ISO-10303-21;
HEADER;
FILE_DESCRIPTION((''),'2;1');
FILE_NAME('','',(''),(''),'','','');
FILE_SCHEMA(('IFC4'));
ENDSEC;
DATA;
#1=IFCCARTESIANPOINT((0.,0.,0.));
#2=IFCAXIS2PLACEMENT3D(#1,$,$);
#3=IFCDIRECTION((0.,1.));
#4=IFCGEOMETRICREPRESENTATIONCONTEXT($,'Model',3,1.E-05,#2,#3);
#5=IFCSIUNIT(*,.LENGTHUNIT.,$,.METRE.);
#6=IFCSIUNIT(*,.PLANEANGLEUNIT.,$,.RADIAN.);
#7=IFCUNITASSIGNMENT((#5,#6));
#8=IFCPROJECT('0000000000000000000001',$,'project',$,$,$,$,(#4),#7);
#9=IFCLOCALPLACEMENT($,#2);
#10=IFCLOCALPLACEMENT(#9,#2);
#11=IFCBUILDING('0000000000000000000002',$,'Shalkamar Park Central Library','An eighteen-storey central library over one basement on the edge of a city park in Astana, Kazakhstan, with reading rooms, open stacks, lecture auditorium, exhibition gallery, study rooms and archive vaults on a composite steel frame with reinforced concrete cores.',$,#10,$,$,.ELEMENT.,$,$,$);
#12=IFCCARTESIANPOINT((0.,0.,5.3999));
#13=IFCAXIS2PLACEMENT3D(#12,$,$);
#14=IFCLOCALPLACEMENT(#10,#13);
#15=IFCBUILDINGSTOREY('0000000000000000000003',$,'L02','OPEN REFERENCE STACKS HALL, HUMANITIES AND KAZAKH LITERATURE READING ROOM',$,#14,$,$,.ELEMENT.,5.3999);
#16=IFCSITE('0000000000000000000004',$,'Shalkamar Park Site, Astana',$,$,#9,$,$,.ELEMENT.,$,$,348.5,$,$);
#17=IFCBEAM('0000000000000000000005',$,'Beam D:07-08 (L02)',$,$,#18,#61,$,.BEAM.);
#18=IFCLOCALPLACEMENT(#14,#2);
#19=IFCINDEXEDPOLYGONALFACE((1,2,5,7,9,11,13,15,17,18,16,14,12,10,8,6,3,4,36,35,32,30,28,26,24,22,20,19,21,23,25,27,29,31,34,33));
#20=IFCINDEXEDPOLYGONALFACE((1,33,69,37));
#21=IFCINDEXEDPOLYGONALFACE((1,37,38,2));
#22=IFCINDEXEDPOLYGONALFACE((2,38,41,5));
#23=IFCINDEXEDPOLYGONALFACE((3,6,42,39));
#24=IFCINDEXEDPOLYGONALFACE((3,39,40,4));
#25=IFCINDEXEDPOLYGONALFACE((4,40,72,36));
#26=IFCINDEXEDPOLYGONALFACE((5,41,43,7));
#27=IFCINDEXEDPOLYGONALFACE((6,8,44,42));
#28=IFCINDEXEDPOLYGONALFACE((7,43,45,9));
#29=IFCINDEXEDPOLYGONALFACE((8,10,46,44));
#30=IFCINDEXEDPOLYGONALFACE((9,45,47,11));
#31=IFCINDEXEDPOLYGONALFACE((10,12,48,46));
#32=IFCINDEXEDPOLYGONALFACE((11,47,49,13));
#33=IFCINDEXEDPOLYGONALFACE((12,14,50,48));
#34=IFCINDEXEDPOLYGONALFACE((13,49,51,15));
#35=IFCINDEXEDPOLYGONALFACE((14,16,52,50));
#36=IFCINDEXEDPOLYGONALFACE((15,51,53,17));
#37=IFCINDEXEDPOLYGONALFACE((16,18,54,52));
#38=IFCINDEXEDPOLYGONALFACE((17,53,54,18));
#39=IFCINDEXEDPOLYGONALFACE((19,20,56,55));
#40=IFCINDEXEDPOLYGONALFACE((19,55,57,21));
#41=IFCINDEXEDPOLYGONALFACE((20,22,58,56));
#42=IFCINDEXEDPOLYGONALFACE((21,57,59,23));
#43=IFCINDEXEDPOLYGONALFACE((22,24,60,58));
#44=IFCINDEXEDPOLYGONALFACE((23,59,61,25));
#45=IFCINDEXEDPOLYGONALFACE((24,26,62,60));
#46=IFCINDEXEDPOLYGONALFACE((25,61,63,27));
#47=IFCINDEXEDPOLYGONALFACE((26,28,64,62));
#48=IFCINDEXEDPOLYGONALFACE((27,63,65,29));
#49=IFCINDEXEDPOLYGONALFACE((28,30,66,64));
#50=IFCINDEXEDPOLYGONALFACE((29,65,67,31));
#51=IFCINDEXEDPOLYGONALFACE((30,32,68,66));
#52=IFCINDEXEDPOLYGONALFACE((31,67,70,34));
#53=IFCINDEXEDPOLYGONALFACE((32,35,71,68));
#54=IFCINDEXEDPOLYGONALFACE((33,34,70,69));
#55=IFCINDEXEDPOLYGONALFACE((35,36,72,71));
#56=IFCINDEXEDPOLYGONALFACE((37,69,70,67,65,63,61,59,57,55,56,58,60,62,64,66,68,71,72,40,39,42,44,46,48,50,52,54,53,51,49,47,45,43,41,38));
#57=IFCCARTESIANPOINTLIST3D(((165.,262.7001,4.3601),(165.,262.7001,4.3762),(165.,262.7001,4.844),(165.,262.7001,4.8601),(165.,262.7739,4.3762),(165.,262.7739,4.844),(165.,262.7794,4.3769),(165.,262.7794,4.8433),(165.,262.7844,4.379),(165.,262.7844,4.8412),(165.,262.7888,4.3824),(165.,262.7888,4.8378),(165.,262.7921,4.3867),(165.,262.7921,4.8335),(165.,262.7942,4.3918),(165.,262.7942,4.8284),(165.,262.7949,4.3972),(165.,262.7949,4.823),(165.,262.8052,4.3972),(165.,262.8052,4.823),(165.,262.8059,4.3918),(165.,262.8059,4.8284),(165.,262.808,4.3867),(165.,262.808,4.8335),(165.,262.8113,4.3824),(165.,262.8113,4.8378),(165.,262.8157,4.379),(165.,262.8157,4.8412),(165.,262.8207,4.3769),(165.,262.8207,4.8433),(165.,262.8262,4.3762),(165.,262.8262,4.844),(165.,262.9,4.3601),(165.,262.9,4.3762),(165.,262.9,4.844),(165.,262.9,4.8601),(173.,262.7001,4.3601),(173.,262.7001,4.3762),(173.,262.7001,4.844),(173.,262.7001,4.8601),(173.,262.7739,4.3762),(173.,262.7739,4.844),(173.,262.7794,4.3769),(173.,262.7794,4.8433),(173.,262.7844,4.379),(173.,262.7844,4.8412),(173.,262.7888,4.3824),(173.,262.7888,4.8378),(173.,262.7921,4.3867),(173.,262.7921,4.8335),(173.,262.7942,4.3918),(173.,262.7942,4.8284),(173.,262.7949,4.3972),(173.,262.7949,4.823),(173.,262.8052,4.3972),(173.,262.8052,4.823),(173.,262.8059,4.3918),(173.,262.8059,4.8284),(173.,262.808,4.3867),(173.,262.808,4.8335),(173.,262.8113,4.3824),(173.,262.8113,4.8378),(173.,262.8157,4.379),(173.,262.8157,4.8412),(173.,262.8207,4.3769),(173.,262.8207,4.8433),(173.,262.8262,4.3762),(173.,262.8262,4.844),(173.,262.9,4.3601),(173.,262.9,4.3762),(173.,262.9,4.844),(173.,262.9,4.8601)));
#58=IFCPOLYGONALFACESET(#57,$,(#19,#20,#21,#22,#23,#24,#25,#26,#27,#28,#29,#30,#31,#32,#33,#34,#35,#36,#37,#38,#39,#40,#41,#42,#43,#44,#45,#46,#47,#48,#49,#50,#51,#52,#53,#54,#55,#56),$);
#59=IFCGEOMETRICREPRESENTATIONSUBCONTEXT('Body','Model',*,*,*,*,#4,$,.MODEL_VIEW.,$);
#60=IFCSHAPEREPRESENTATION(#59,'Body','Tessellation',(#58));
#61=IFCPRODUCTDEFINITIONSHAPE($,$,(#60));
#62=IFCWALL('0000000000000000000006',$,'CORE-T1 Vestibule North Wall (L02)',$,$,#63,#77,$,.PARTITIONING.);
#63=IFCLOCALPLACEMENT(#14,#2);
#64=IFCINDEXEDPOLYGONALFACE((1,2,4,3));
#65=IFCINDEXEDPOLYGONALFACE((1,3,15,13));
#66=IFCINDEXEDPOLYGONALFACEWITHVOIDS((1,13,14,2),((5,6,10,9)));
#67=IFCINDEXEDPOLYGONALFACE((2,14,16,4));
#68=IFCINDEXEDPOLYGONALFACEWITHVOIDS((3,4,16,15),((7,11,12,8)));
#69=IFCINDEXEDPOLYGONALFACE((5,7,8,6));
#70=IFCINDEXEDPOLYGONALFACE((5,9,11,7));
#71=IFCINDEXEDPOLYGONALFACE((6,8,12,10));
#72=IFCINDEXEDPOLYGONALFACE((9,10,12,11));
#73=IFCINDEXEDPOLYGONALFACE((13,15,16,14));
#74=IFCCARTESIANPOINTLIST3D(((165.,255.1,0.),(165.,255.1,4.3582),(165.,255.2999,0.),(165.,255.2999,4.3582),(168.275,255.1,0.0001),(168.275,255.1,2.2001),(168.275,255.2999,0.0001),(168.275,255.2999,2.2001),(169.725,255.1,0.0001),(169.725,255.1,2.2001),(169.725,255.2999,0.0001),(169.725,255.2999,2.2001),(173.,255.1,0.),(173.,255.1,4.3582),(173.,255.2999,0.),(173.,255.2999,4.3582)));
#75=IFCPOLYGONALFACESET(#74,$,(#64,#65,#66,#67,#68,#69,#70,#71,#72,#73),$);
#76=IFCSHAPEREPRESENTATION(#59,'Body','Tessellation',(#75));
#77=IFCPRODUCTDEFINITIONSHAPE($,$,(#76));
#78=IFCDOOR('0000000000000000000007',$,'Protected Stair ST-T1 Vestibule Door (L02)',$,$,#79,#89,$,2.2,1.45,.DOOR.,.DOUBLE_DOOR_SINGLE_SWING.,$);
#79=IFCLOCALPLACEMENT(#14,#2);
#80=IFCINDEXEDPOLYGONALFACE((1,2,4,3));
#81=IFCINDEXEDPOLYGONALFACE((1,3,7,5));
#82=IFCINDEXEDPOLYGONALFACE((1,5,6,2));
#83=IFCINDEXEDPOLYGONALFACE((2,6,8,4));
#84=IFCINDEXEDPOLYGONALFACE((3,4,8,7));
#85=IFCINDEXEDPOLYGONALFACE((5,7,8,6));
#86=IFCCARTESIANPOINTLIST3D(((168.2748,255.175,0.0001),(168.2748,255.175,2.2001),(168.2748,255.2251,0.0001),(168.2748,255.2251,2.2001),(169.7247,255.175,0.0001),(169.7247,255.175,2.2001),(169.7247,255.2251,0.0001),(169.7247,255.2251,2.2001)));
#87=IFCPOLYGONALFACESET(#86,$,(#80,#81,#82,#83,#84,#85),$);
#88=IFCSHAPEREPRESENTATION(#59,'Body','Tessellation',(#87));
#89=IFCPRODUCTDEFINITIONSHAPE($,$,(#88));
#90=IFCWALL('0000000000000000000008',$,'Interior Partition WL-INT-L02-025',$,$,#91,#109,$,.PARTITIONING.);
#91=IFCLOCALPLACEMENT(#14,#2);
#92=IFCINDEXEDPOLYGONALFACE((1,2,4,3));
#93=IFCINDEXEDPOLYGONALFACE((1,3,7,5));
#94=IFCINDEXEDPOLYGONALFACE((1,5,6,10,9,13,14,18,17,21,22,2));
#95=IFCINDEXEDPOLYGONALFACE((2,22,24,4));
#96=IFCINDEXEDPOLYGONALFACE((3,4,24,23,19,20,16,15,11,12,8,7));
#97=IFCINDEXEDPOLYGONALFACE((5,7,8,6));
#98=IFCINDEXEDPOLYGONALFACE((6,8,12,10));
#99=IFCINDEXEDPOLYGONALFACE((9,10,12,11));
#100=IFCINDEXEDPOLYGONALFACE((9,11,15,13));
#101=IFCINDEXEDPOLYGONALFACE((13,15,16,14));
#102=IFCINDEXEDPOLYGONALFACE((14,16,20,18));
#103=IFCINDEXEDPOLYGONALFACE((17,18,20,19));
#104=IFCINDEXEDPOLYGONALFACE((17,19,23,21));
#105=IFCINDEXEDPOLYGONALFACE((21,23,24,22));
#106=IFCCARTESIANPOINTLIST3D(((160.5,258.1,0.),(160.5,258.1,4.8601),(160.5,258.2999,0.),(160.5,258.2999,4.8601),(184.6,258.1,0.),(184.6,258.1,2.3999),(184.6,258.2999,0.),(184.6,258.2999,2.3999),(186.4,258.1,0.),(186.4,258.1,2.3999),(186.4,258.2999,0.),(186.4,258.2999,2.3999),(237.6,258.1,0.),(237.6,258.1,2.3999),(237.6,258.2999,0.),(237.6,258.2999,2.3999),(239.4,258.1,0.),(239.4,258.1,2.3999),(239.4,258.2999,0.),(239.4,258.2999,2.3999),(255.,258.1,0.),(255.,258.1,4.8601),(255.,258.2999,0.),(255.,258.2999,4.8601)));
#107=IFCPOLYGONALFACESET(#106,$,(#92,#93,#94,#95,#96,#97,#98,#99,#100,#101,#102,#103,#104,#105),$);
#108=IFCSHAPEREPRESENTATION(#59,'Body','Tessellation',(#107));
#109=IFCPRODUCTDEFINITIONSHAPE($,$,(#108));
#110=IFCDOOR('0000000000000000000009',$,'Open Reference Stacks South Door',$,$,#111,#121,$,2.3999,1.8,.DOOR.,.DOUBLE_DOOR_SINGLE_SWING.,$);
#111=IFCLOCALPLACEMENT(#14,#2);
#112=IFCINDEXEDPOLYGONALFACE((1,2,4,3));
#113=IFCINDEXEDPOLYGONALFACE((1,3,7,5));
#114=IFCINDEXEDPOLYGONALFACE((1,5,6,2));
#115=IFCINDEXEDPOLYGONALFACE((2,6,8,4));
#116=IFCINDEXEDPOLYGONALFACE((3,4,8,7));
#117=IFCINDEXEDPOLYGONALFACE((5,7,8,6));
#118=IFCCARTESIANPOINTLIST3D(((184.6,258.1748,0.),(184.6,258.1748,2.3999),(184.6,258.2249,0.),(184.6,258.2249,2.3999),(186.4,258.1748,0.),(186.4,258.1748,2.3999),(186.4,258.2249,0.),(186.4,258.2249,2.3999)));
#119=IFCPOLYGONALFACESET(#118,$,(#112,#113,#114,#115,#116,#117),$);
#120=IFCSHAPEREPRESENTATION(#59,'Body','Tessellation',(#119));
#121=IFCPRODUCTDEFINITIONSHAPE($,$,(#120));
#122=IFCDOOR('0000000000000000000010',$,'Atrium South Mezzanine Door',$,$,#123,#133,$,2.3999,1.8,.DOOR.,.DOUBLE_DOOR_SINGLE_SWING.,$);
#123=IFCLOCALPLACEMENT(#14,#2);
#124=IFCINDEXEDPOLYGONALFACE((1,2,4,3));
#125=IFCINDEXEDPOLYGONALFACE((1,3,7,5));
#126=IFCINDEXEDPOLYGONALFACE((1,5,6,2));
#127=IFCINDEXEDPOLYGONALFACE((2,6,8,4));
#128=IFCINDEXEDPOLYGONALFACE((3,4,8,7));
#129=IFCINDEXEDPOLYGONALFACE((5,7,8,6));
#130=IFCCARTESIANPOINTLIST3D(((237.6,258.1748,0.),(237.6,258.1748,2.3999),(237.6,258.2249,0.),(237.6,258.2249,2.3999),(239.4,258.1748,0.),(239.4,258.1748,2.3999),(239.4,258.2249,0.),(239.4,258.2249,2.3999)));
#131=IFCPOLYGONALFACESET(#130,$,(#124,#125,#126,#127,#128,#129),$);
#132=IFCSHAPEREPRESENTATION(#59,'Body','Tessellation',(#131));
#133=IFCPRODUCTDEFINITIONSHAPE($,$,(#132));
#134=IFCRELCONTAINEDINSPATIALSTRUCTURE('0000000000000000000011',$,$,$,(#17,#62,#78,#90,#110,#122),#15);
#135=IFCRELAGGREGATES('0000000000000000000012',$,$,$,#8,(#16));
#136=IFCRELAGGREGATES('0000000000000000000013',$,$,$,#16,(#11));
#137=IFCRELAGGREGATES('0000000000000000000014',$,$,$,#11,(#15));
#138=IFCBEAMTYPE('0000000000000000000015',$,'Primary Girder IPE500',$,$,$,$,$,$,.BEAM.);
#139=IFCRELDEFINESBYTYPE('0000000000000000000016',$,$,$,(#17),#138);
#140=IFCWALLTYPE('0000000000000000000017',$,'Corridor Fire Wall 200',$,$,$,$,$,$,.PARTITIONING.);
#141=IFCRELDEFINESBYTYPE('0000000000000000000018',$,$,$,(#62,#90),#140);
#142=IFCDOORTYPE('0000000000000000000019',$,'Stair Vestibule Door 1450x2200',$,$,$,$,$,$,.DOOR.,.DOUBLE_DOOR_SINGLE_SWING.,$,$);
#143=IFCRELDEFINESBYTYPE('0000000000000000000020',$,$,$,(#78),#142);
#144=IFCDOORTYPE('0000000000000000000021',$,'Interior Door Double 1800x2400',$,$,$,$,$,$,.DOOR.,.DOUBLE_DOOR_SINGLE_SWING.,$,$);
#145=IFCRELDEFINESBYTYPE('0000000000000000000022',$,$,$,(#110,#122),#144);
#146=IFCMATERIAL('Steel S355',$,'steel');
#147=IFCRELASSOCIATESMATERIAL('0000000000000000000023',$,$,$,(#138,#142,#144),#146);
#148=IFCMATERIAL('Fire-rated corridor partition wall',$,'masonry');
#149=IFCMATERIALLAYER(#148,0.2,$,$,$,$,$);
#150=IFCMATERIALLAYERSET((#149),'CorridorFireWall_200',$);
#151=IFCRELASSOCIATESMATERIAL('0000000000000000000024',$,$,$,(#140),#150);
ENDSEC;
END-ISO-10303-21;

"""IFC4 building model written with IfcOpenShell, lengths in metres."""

from ifc_helpers import new_model, si_unit, direction, frame, frame_2d, origin, origin_2d, place, context, subcontext, project, spatial, rectangle, i_section, extrude, material, layer, layer_set, material_profile, profile_set, type_object, element, fill, save


model = new_model("IFC4")

# Units and contexts
model_context = context("Model", 3, precision=1e-05, world=origin(), true_north=direction((0.0, 1.0)))
body_context = subcontext(model_context, "Body", "Model", "MODEL_VIEW")
ifc_project = project(units=[si_unit("LENGTHUNIT", "METRE"), si_unit("PLANEANGLEUNIT", "RADIAN")], contexts=[model_context])

# Site, building, storey
site_placement = place(None, origin())
site = spatial("IfcSite", under=ifc_project, at=site_placement, Name="Shalkamar Park Site, Astana", CompositionType="ELEMENT", RefElevation=348.5)
building_placement = place(site_placement, origin())
building = spatial("IfcBuilding", under=site, at=building_placement, Name="Shalkamar Park Central Library", Description="An eighteen-storey central library over one basement on the edge of a city park in Astana, Kazakhstan, with reading rooms, open stacks, lecture auditorium, exhibition gallery, study rooms and archive vaults on a composite steel frame with reinforced concrete cores.", CompositionType="ELEMENT")
storey_placement = place(building_placement, frame((0.0, 0.0, 5.3999)))
storey = spatial("IfcBuildingStorey", under=building, at=storey_placement, Name="L02", Description="OPEN REFERENCE STACKS HALL, HUMANITIES AND KAZAKH LITERATURE READING ROOM", CompositionType="ELEMENT", Elevation=5.3999)

# Shared definitions
ifc_material_1 = material(Name="Steel S355", Category="steel")

# Beam
ifc_material_profile_1 = material_profile(ifc_material_1, i_section(OverallWidth=0.2, OverallDepth=0.5, WebThickness=0.0103, FlangeThickness=0.0161, FilletRadius=0.021, at=origin_2d()), Name="IPE 500")
ifc_profile_set_1 = profile_set([ifc_material_profile_1], Name="Steel S355")
beam_type_1 = type_object("IfcBeamType", Name="Primary Girder IPE500", PredefinedType="BEAM", material=ifc_profile_set_1)
for number, where, z_axis, x_axis, name in (
    (1, (165.0, 262.8, 4.6101), (1.0, 0.0, 0.0), (0.0, 1.0, 0.0), "Beam D:07-08 (L02)"),
):
    element("IfcBeam", number, at=place(storey_placement, frame(where, z_axis=z_axis, x_axis=x_axis)), inside=storey, type_object=beam_type_1, Name=name, PredefinedType="BEAM", context=body_context, shape_type="SweptSolid", body=[
        extrude(i_section(OverallWidth=0.2, OverallDepth=0.5, WebThickness=0.0103, FlangeThickness=0.0161, FilletRadius=0.021, at=origin_2d()), origin(), (0.0, 0.0, 1.0), 8.0),
    ])

# Wall, opening, door
ifc_material_2 = material(Name="Fire-rated corridor partition wall", Category="masonry")
ifc_layer_1 = layer(ifc_material_2, 0.2)
ifc_layer_set_1 = layer_set([ifc_layer_1], Name="CorridorFireWall_200")
wall_type_1 = type_object("IfcWallType", Name="Corridor Fire Wall 200", PredefinedType="PARTITIONING", material=ifc_layer_set_1)
wall_1_placement = place(storey_placement, frame((165.0, 255.2, 0.0), z_axis=(0.0, 0.0, 1.0), x_axis=(1.0, 0.0, 0.0)))
wall_1 = element("IfcWall", 2, at=wall_1_placement, inside=storey, type_object=wall_type_1, Name="CORE-T1 Vestibule North Wall (L02)", PredefinedType="PARTITIONING", context=body_context, shape_type="SweptSolid", body=[
    extrude(rectangle(XDim=8.0, YDim=0.2, at=frame_2d((4.0, 0.0))), origin(), (0.0, 0.0, 1.0), 4.3582),
])
opening_1_placement = place(wall_1_placement, frame((3.2749, 0.0, 0.0)))
opening_1 = element("IfcOpeningElement", 3, at=opening_1_placement, cuts=wall_1, PredefinedType="OPENING", context=body_context, shape_type="SweptSolid", body=[
    extrude(rectangle(XDim=1.45, YDim=2.2, at=frame_2d((0.7251, 1.1001))), frame((0.0, 0.1147, 0.0), z_axis=(0.0, -1.0, 0.0), x_axis=(1.0, 0.0, 0.0)), (0.0, 0.0, 1.0), 0.2297),
])
door_type_1 = type_object("IfcDoorType", Name="Stair Vestibule Door 1450x2200", OperationType="DOUBLE_DOOR_SINGLE_SWING", PredefinedType="DOOR", material=ifc_material_1)
door_1_placement = place(opening_1_placement, frame((1.45, 0.0, 0.0), z_axis=(0.0, 0.0, 1.0), x_axis=(-1.0, 0.0, 0.0)))
door_1 = element("IfcDoor", 4, at=door_1_placement, inside=storey, type_object=door_type_1, Name="Protected Stair ST-T1 Vestibule Door (L02)", OperationType="DOUBLE_DOOR_SINGLE_SWING", OverallHeight=2.2, OverallWidth=1.45, PredefinedType="DOOR", context=body_context, shape_type="SweptSolid", body=[
    extrude(rectangle(XDim=1.45, YDim=2.2, at=frame_2d((0.7251, 1.1001))), frame((0.0, 0.0249, 0.0), z_axis=(0.0, -1.0, 0.0), x_axis=(1.0, 0.0, 0.0)), (0.0, 0.0, 1.0), 0.05),
])
fill(opening_1, door_1)

# Wall, openings, doors
wall_2_placement = place(storey_placement, frame((160.5, 258.2, 0.0), z_axis=(0.0, 0.0, 1.0), x_axis=(1.0, 0.0, 0.0)))
wall_2 = element("IfcWall", 5, at=wall_2_placement, inside=storey, type_object=wall_type_1, Name="Interior Partition WL-INT-L02-025", PredefinedType="PARTITIONING", context=body_context, shape_type="SweptSolid", body=[
    extrude(rectangle(XDim=94.5, YDim=0.2, at=frame_2d((47.25, 0.0))), origin(), (0.0, 0.0, 1.0), 4.8601),
])
opening_2_placement = place(wall_2_placement, frame((24.1001, 0.0, 0.0)))
opening_2 = element("IfcOpeningElement", 6, at=opening_2_placement, cuts=wall_2, PredefinedType="OPENING", context=body_context, shape_type="SweptSolid", body=[
    extrude(rectangle(XDim=1.8, YDim=2.3999, at=frame_2d((0.8999, 1.2))), frame((0.0, 0.1147, 0.0), z_axis=(0.0, -1.0, 0.0), x_axis=(1.0, 0.0, 0.0)), (0.0, 0.0, 1.0), 0.2297),
])
opening_3_placement = place(wall_2_placement, frame((77.1001, 0.0, 0.0)))
opening_3 = element("IfcOpeningElement", 7, at=opening_3_placement, cuts=wall_2, PredefinedType="OPENING", context=body_context, shape_type="SweptSolid", body=[
    extrude(rectangle(XDim=1.8, YDim=2.3999, at=frame_2d((0.8999, 1.2))), frame((0.0, 0.1147, 0.0), z_axis=(0.0, -1.0, 0.0), x_axis=(1.0, 0.0, 0.0)), (0.0, 0.0, 1.0), 0.2297),
])
door_type_2 = type_object("IfcDoorType", Name="Interior Door Double 1800x2400", OperationType="DOUBLE_DOOR_SINGLE_SWING", PredefinedType="DOOR", material=ifc_material_1)
door_2_placement = place(opening_2_placement, origin())
door_2 = element("IfcDoor", 8, at=door_2_placement, inside=storey, type_object=door_type_2, Name="Open Reference Stacks South Door", OperationType="DOUBLE_DOOR_SINGLE_SWING", OverallHeight=2.3999, OverallWidth=1.8, PredefinedType="DOOR", context=body_context, shape_type="SweptSolid", body=[
    extrude(rectangle(XDim=1.8, YDim=2.3999, at=frame_2d((0.8999, 1.2))), frame((0.0, 0.0249, 0.0), z_axis=(0.0, -1.0, 0.0), x_axis=(1.0, 0.0, 0.0)), (0.0, 0.0, 1.0), 0.05),
])
fill(opening_2, door_2)
door_3_placement = place(opening_3_placement, origin())
door_3 = element("IfcDoor", 9, at=door_3_placement, inside=storey, type_object=door_type_2, Name="Atrium South Mezzanine Door", OperationType="DOUBLE_DOOR_SINGLE_SWING", OverallHeight=2.3999, OverallWidth=1.8, PredefinedType="DOOR", context=body_context, shape_type="SweptSolid", body=[
    extrude(rectangle(XDim=1.8, YDim=2.3999, at=frame_2d((0.8999, 1.2))), frame((0.0, 0.0249, 0.0), z_axis=(0.0, -1.0, 0.0), x_axis=(1.0, 0.0, 0.0)), (0.0, 0.0, 1.0), 0.05),
])
fill(opening_3, door_3)

save(model, "model.ifc")
